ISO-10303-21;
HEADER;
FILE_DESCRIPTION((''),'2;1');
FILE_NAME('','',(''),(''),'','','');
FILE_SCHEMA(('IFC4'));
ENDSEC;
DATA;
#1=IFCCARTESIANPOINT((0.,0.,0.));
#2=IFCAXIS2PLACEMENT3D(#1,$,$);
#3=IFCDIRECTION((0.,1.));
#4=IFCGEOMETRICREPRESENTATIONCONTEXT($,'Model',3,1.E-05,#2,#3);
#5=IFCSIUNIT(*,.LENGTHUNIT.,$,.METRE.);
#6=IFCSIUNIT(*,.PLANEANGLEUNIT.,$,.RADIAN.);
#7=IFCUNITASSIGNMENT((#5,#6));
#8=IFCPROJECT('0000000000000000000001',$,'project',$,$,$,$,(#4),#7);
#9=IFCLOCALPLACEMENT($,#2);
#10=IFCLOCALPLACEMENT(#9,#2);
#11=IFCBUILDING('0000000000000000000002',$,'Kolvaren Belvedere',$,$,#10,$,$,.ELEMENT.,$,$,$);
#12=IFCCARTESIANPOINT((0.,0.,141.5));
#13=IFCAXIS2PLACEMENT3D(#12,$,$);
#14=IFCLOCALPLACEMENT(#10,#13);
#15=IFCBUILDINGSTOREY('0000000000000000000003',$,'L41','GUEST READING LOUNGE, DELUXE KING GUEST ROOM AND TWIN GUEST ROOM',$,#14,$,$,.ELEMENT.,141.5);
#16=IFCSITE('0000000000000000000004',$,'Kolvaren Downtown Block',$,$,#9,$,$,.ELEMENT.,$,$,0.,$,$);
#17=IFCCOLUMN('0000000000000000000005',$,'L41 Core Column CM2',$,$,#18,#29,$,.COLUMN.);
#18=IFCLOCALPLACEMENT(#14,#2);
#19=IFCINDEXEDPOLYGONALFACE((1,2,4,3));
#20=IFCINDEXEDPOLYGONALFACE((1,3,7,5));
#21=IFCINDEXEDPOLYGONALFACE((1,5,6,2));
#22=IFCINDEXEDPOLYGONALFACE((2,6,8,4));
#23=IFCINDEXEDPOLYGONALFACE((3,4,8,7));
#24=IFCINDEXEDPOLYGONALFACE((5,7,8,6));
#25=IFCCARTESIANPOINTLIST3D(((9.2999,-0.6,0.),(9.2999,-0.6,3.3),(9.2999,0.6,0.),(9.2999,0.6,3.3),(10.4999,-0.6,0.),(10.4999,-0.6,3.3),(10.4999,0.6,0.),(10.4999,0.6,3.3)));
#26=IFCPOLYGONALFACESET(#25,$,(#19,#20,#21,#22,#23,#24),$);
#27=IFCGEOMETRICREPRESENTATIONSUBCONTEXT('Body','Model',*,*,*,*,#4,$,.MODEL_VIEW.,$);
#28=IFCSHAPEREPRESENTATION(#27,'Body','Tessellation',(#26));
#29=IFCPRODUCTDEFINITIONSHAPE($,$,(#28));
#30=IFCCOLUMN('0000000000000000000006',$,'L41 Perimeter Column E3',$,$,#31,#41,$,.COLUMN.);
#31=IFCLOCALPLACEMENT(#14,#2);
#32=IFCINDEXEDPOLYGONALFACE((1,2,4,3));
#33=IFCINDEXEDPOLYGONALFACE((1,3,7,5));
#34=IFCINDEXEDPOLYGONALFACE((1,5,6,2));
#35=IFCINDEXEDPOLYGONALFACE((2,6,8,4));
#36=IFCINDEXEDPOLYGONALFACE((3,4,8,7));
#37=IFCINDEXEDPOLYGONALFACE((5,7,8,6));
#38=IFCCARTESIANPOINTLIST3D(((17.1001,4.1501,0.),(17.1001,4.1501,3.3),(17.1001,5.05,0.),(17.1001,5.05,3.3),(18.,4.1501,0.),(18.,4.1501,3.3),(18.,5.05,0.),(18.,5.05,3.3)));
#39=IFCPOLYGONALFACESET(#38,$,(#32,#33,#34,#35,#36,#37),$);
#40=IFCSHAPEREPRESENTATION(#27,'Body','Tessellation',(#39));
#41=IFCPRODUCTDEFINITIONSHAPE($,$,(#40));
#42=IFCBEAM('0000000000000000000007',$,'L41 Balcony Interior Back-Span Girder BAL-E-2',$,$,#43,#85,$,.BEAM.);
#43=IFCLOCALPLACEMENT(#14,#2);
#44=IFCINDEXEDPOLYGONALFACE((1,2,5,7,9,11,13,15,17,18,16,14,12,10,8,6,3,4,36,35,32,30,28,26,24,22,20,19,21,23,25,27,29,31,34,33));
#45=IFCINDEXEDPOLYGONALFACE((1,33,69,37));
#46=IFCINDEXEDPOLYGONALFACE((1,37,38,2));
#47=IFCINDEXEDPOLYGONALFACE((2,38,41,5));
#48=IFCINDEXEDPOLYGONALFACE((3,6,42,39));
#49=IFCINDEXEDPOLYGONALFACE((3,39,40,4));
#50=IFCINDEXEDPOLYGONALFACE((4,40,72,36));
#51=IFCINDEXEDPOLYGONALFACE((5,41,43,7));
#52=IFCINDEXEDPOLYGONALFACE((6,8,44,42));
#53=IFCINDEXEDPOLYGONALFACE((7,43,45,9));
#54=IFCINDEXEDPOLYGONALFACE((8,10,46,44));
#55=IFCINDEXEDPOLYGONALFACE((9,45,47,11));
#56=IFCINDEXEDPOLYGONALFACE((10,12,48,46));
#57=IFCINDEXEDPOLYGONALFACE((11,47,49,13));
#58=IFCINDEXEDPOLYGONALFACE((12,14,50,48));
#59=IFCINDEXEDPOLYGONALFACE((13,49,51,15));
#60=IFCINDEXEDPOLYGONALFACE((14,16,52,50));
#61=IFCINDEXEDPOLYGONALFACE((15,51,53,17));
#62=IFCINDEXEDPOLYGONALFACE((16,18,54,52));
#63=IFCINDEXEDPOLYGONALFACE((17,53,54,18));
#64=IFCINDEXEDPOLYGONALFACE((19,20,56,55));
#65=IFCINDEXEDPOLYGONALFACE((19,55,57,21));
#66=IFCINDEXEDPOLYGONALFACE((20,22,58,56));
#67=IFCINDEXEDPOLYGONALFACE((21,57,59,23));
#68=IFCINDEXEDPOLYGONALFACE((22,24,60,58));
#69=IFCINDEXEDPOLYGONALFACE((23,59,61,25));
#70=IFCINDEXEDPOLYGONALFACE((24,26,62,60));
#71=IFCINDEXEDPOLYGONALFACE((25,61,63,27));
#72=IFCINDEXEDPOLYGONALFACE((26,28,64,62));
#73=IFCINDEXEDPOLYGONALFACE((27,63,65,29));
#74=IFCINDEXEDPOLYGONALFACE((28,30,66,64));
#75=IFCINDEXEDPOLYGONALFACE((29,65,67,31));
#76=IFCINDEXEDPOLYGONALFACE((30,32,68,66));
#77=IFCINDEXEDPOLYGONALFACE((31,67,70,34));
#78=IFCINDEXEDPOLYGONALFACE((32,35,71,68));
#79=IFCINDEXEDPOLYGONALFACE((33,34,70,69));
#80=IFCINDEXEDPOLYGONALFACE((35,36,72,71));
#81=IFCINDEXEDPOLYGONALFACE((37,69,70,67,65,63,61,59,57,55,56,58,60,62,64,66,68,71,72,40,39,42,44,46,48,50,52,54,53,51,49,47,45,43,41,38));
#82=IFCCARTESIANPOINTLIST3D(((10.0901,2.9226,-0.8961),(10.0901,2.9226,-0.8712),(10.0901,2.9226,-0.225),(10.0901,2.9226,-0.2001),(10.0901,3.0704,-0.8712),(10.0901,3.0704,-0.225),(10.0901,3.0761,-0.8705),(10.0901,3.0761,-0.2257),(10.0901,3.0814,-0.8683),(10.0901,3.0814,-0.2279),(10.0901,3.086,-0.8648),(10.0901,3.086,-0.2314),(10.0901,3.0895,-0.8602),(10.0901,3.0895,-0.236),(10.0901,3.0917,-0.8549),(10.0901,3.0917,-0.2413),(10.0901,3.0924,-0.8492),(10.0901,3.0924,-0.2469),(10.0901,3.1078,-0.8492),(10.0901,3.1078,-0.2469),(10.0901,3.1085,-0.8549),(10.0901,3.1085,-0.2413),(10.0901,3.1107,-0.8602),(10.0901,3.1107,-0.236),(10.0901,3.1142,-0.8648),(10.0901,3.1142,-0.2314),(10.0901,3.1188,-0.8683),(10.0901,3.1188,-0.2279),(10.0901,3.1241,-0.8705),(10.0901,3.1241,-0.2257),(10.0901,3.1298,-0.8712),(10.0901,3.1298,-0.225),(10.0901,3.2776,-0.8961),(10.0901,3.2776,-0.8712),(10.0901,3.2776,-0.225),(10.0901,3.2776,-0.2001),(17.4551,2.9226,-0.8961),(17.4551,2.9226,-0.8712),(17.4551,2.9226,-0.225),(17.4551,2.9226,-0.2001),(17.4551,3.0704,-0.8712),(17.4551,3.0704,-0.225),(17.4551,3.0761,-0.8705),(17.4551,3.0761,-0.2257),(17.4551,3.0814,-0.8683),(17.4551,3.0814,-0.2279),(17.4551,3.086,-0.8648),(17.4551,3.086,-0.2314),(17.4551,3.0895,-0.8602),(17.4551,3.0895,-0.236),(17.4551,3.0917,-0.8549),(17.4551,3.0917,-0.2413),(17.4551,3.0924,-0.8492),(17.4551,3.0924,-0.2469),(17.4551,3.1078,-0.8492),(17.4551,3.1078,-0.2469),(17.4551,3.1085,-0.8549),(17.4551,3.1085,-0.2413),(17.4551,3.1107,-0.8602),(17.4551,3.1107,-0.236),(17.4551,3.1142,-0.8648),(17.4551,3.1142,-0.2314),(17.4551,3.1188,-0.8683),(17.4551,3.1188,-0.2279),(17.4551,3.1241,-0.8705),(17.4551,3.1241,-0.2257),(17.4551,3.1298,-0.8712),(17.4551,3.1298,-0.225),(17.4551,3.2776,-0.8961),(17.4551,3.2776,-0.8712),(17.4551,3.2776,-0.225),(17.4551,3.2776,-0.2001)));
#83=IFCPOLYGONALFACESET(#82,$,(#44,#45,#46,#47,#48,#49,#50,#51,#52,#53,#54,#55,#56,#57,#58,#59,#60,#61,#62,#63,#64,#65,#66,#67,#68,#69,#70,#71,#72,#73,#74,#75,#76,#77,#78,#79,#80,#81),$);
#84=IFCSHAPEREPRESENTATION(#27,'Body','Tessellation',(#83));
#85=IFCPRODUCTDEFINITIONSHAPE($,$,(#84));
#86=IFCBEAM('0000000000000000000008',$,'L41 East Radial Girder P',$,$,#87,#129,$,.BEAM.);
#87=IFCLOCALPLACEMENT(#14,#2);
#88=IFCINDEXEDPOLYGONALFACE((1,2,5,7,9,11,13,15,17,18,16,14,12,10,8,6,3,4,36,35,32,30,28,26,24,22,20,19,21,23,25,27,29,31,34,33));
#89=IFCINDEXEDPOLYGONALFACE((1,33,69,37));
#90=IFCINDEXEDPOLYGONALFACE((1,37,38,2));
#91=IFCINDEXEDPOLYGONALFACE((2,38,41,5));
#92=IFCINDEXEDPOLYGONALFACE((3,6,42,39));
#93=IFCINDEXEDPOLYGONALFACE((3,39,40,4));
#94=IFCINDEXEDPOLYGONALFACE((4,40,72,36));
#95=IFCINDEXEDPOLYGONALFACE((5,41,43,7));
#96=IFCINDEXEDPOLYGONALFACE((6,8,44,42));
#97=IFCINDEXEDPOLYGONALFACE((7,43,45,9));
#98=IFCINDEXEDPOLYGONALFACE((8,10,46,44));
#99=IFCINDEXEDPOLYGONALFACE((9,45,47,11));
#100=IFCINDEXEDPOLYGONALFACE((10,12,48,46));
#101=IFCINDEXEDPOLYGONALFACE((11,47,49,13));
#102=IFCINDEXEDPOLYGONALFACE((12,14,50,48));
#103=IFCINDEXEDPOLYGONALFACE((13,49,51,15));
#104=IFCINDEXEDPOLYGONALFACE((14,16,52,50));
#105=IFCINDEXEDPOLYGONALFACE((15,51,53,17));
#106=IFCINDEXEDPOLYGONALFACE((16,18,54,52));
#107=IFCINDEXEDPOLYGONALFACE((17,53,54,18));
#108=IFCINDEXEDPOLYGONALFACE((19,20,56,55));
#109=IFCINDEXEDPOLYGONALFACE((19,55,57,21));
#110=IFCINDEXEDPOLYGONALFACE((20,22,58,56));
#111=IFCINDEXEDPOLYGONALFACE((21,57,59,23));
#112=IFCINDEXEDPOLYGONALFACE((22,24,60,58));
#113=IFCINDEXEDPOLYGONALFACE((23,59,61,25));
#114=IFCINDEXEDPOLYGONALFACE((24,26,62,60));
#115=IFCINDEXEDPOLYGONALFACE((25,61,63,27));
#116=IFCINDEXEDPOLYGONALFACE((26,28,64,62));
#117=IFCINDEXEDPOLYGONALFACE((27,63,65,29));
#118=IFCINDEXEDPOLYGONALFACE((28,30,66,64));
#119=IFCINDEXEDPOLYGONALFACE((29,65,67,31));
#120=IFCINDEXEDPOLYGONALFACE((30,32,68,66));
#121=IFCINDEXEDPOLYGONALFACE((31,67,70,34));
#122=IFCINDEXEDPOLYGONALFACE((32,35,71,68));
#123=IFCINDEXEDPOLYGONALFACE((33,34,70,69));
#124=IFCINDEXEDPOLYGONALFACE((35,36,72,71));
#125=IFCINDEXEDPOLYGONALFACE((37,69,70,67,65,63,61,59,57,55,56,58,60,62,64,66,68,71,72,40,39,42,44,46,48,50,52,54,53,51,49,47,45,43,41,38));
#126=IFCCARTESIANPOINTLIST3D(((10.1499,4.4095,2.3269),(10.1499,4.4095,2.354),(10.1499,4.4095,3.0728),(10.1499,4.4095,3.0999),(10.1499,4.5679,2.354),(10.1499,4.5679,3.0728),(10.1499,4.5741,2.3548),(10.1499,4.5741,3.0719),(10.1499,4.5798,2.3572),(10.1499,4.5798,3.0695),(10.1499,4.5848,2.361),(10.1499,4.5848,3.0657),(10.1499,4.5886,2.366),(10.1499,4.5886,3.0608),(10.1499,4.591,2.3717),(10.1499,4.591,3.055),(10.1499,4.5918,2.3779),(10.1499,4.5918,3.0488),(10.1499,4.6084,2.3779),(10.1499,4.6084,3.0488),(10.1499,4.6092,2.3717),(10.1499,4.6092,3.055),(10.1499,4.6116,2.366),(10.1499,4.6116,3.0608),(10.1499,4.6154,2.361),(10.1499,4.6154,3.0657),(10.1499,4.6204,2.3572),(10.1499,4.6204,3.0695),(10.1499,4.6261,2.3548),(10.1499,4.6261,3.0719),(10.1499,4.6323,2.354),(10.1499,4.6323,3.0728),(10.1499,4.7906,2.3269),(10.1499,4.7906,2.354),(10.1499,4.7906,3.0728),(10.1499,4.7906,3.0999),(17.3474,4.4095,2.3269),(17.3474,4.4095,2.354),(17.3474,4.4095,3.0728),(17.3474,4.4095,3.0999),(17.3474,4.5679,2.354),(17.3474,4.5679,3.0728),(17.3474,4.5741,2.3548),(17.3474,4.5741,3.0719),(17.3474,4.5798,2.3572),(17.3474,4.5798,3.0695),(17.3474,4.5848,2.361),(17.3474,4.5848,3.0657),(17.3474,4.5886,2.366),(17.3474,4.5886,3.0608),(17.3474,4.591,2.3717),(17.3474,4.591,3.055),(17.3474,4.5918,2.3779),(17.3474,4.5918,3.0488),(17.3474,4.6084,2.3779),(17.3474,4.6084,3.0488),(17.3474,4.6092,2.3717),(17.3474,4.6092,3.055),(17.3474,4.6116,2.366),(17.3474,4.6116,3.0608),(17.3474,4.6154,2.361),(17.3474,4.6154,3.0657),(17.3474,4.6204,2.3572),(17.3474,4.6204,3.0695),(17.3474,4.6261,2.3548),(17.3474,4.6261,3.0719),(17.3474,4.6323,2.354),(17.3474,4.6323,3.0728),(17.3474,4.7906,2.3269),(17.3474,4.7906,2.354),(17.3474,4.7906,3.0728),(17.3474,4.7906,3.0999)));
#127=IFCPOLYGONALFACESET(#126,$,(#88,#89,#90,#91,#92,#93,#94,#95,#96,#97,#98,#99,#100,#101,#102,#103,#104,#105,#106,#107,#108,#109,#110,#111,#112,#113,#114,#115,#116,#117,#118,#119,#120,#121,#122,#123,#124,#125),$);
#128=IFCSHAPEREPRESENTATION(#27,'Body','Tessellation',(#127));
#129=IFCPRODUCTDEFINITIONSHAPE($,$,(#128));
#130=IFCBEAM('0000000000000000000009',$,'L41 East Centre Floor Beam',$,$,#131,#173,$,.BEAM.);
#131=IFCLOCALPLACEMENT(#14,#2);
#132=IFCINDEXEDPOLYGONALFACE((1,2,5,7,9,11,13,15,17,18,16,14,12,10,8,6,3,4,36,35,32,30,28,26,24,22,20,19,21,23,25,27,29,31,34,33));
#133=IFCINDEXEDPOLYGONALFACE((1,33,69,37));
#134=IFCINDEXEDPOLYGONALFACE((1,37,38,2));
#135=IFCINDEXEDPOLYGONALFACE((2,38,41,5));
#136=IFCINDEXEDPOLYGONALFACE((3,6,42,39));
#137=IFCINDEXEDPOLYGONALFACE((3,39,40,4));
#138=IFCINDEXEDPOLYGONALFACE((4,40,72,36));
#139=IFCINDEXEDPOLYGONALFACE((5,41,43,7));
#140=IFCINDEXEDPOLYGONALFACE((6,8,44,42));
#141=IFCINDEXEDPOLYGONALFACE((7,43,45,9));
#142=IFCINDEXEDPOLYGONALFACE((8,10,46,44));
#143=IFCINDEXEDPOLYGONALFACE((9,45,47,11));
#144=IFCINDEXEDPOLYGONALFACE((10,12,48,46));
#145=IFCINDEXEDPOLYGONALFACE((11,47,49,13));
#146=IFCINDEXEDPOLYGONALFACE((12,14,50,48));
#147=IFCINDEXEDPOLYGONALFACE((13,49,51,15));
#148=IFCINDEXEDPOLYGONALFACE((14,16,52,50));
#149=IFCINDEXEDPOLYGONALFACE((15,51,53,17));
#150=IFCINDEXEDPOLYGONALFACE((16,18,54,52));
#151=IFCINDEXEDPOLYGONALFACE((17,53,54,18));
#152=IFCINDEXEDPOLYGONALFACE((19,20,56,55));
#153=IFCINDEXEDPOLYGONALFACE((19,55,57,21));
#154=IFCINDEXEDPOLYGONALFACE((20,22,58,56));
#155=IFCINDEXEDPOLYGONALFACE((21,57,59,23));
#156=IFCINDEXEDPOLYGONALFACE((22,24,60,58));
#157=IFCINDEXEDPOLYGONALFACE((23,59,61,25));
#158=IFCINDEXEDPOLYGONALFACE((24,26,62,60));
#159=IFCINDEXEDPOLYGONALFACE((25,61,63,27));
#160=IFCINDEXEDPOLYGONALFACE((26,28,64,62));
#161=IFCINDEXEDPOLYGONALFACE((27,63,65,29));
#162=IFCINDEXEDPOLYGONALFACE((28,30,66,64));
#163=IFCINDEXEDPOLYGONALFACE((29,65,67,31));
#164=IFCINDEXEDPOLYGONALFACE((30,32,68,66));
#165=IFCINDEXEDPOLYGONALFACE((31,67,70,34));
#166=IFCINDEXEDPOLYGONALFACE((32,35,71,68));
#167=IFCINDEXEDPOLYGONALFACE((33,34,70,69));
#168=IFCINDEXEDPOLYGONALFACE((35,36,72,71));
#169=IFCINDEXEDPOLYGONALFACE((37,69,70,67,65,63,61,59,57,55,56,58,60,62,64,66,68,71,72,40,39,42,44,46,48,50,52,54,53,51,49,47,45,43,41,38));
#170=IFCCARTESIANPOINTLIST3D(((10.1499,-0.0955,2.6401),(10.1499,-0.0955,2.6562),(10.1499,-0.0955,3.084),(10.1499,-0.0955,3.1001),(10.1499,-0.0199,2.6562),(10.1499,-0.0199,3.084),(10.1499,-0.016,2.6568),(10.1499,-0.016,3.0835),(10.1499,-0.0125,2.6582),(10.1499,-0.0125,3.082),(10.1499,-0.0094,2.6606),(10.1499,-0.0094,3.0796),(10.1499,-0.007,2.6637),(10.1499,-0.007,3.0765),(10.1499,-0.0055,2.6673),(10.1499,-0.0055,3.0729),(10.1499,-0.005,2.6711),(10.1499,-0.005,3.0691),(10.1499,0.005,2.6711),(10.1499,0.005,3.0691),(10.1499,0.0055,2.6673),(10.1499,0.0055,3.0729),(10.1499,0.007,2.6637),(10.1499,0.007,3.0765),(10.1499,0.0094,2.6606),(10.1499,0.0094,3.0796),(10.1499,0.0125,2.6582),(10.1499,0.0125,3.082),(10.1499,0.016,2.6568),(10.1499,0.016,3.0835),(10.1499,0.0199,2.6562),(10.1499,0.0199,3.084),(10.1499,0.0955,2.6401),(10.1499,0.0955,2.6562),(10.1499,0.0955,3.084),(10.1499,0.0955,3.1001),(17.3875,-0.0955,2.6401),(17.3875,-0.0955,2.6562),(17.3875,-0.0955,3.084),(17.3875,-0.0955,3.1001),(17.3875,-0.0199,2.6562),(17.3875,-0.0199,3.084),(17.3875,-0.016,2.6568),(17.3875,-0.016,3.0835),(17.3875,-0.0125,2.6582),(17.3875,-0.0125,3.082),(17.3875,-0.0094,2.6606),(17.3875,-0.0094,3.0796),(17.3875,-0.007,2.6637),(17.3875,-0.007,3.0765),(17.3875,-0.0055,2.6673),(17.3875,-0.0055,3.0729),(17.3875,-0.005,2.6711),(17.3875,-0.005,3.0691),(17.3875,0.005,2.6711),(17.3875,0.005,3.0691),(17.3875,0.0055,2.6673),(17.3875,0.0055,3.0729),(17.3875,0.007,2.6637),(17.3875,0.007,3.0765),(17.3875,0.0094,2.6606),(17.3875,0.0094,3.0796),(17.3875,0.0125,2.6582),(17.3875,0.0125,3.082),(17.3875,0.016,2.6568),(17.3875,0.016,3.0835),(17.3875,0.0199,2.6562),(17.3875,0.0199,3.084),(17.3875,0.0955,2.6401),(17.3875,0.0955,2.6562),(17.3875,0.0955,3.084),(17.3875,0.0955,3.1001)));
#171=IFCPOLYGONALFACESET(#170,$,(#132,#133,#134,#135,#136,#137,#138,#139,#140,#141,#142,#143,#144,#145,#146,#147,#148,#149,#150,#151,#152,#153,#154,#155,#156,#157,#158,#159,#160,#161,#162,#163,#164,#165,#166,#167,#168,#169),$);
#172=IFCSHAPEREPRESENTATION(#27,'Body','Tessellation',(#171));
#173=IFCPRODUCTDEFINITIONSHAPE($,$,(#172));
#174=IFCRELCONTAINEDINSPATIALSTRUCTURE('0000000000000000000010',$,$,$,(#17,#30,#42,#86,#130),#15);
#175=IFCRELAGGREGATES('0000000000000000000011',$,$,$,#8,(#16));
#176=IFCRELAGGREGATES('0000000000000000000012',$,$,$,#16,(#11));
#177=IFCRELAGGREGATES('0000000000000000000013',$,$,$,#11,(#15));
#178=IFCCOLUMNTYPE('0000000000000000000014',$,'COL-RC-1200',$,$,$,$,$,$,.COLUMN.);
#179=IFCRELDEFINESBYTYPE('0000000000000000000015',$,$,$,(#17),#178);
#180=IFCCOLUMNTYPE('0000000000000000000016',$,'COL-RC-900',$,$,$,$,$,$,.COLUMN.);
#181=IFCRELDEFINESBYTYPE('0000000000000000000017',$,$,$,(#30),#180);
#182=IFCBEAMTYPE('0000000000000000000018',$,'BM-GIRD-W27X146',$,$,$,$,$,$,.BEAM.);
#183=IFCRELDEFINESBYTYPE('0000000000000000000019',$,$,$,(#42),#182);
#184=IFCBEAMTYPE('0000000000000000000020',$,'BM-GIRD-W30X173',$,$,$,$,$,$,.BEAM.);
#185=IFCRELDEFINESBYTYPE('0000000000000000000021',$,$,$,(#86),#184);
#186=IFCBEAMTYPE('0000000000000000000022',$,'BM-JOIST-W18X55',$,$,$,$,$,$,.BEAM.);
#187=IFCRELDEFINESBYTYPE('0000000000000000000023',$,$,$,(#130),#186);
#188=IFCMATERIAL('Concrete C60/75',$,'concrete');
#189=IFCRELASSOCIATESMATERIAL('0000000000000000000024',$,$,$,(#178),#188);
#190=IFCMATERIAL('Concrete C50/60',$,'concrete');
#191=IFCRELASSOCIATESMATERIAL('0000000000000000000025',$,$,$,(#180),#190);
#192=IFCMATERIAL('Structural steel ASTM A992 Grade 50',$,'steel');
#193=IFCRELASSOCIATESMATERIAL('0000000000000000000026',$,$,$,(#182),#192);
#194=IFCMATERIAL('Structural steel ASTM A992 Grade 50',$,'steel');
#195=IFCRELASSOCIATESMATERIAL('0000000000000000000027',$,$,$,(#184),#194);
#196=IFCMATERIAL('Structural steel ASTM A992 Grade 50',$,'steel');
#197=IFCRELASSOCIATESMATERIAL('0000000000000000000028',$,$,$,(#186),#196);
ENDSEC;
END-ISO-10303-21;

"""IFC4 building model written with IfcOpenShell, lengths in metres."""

from ifc_helpers import new_model, si_unit, direction, frame, origin, origin_2d, place, context, subcontext, project, spatial, rectangle, i_section, extrude, material, material_profile, profile_set, type_object, element, save


model = new_model("IFC4")

# Units and contexts
model_context = context("Model", 3, precision=1e-05, world=origin(), true_north=direction((0.0, 1.0)))
body_context = subcontext(model_context, "Body", "Model", "MODEL_VIEW")
ifc_project = project(units=[si_unit("LENGTHUNIT", "METRE"), si_unit("PLANEANGLEUNIT", "RADIAN")], contexts=[model_context])

# Site, building, storey
site_placement = place(None, origin())
site = spatial("IfcSite", under=ifc_project, at=site_placement, Name="Kolvaren Downtown Block", CompositionType="ELEMENT", RefElevation=0.0)
building_placement = place(site_placement, origin())
building = spatial("IfcBuilding", under=site, at=building_placement, Name="Kolvaren Belvedere", CompositionType="ELEMENT")
storey_placement = place(building_placement, frame((0.0, 0.0, 141.5)))
storey = spatial("IfcBuildingStorey", under=building, at=storey_placement, Name="L41", Description="GUEST READING LOUNGE, DELUXE KING GUEST ROOM AND TWIN GUEST ROOM", CompositionType="ELEMENT", Elevation=141.5)

# Columns
ifc_material_1 = material(Name="Concrete C60/75", Category="concrete")
ifc_material_profile_1 = material_profile(ifc_material_1, rectangle(XDim=1.2, YDim=1.2, at=origin_2d()), Name="RC 1200X1200")
ifc_profile_set_1 = profile_set([ifc_material_profile_1], Name="Concrete C60/75")
column_type_1 = type_object("IfcColumnType", Name="COL-RC-1200", PredefinedType="COLUMN", material=ifc_profile_set_1)
column_1_placement = place(storey_placement, frame((9.8999, 0.0, 0.0), z_axis=(0.0, 0.0, 1.0), x_axis=(1.0, 0.0, 0.0)))
element("IfcColumn", 1, at=column_1_placement, inside=storey, type_object=column_type_1, Name="L41 Core Column CM2", PredefinedType="COLUMN", context=body_context, shape_type="SweptSolid", body=[
    extrude(rectangle(XDim=1.2, YDim=1.2, at=origin_2d()), origin(), (0.0, 0.0, 1.0), 3.3),
])
ifc_material_2 = material(Name="Concrete C50/60", Category="concrete")
ifc_material_profile_2 = material_profile(ifc_material_2, rectangle(XDim=0.8999, YDim=0.8999, at=origin_2d()), Name="RC 900X900")
ifc_profile_set_2 = profile_set([ifc_material_profile_2], Name="Concrete C50/60")
column_type_2 = type_object("IfcColumnType", Name="COL-RC-900", PredefinedType="COLUMN", material=ifc_profile_set_2)
column_2_placement = place(storey_placement, frame((17.55, 4.6001, 0.0), z_axis=(0.0, 0.0, 1.0), x_axis=(1.0, 0.0, 0.0)))
element("IfcColumn", 2, at=column_2_placement, inside=storey, type_object=column_type_2, Name="L41 Perimeter Column E3", PredefinedType="COLUMN", context=body_context, shape_type="SweptSolid", body=[
    extrude(rectangle(XDim=0.8999, YDim=0.8999, at=origin_2d()), origin(), (0.0, 0.0, 1.0), 3.3),
])

# Beams
ifc_material_3 = material(Name="Structural steel ASTM A992 Grade 50", Category="steel")
ifc_material_profile_3 = material_profile(ifc_material_3, i_section(OverallWidth=0.355, OverallDepth=0.696, WebThickness=0.0154, FlangeThickness=0.0249, FilletRadius=0.022, at=origin_2d()), Name="W27X146")
ifc_profile_set_3 = profile_set([ifc_material_profile_3], Name="Structural steel ASTM A992 Grade 50")
beam_type_1 = type_object("IfcBeamType", Name="BM-GIRD-W27X146", PredefinedType="BEAM", material=ifc_profile_set_3)
beam_1_placement = place(storey_placement, frame((10.0901, 3.1001, -0.5481), z_axis=(1.0, 0.0, 0.0), x_axis=(0.0, 1.0, 0.0)))
element("IfcBeam", 3, at=beam_1_placement, inside=storey, type_object=beam_type_1, Name="L41 Balcony Interior Back-Span Girder BAL-E-2", PredefinedType="BEAM", context=body_context, shape_type="SweptSolid", body=[
    extrude(i_section(OverallWidth=0.355, OverallDepth=0.696, WebThickness=0.0154, FlangeThickness=0.0249, FilletRadius=0.022, at=origin_2d()), origin(), (0.0, 0.0, 1.0), 7.365),
])
ifc_material_4 = material(Name="Structural steel ASTM A992 Grade 50", Category="steel")
ifc_material_profile_4 = material_profile(ifc_material_4, i_section(OverallWidth=0.3811, OverallDepth=0.7729, WebThickness=0.0166, FlangeThickness=0.0271, FilletRadius=0.0239, at=origin_2d()), Name="W30X173")
ifc_profile_set_4 = profile_set([ifc_material_profile_4], Name="Structural steel ASTM A992 Grade 50")
beam_type_2 = type_object("IfcBeamType", Name="BM-GIRD-W30X173", PredefinedType="BEAM", material=ifc_profile_set_4)
beam_2_placement = place(storey_placement, frame((10.1499, 4.6001, 2.7134), z_axis=(1.0, 0.0, 0.0), x_axis=(0.0, 1.0, 0.0)))
element("IfcBeam", 4, at=beam_2_placement, inside=storey, type_object=beam_type_2, Name="L41 East Radial Girder P", PredefinedType="BEAM", context=body_context, shape_type="SweptSolid", body=[
    extrude(i_section(OverallWidth=0.3811, OverallDepth=0.7729, WebThickness=0.0166, FlangeThickness=0.0271, FilletRadius=0.0239, at=origin_2d()), origin(), (0.0, 0.0, 1.0), 7.1975),
])
ifc_material_5 = material(Name="Structural steel ASTM A992 Grade 50", Category="steel")
ifc_material_profile_5 = material_profile(ifc_material_5, i_section(OverallWidth=0.1909, OverallDepth=0.46, WebThickness=0.01, FlangeThickness=0.0161, FilletRadius=0.0149, at=origin_2d()), Name="W18X55")
ifc_profile_set_5 = profile_set([ifc_material_profile_5], Name="Structural steel ASTM A992 Grade 50")
beam_type_3 = type_object("IfcBeamType", Name="BM-JOIST-W18X55", PredefinedType="BEAM", material=ifc_profile_set_5)
beam_3_placement = place(storey_placement, frame((10.1499, 0.0, 2.8701), z_axis=(1.0, 0.0, 0.0), x_axis=(0.0, 1.0, 0.0)))
element("IfcBeam", 5, at=beam_3_placement, inside=storey, type_object=beam_type_3, Name="L41 East Centre Floor Beam", PredefinedType="BEAM", context=body_context, shape_type="SweptSolid", body=[
    extrude(i_section(OverallWidth=0.1909, OverallDepth=0.46, WebThickness=0.01, FlangeThickness=0.0161, FilletRadius=0.0149, at=origin_2d()), origin(), (0.0, 0.0, 1.0), 7.2375),
])

save(model, "model.ifc")
